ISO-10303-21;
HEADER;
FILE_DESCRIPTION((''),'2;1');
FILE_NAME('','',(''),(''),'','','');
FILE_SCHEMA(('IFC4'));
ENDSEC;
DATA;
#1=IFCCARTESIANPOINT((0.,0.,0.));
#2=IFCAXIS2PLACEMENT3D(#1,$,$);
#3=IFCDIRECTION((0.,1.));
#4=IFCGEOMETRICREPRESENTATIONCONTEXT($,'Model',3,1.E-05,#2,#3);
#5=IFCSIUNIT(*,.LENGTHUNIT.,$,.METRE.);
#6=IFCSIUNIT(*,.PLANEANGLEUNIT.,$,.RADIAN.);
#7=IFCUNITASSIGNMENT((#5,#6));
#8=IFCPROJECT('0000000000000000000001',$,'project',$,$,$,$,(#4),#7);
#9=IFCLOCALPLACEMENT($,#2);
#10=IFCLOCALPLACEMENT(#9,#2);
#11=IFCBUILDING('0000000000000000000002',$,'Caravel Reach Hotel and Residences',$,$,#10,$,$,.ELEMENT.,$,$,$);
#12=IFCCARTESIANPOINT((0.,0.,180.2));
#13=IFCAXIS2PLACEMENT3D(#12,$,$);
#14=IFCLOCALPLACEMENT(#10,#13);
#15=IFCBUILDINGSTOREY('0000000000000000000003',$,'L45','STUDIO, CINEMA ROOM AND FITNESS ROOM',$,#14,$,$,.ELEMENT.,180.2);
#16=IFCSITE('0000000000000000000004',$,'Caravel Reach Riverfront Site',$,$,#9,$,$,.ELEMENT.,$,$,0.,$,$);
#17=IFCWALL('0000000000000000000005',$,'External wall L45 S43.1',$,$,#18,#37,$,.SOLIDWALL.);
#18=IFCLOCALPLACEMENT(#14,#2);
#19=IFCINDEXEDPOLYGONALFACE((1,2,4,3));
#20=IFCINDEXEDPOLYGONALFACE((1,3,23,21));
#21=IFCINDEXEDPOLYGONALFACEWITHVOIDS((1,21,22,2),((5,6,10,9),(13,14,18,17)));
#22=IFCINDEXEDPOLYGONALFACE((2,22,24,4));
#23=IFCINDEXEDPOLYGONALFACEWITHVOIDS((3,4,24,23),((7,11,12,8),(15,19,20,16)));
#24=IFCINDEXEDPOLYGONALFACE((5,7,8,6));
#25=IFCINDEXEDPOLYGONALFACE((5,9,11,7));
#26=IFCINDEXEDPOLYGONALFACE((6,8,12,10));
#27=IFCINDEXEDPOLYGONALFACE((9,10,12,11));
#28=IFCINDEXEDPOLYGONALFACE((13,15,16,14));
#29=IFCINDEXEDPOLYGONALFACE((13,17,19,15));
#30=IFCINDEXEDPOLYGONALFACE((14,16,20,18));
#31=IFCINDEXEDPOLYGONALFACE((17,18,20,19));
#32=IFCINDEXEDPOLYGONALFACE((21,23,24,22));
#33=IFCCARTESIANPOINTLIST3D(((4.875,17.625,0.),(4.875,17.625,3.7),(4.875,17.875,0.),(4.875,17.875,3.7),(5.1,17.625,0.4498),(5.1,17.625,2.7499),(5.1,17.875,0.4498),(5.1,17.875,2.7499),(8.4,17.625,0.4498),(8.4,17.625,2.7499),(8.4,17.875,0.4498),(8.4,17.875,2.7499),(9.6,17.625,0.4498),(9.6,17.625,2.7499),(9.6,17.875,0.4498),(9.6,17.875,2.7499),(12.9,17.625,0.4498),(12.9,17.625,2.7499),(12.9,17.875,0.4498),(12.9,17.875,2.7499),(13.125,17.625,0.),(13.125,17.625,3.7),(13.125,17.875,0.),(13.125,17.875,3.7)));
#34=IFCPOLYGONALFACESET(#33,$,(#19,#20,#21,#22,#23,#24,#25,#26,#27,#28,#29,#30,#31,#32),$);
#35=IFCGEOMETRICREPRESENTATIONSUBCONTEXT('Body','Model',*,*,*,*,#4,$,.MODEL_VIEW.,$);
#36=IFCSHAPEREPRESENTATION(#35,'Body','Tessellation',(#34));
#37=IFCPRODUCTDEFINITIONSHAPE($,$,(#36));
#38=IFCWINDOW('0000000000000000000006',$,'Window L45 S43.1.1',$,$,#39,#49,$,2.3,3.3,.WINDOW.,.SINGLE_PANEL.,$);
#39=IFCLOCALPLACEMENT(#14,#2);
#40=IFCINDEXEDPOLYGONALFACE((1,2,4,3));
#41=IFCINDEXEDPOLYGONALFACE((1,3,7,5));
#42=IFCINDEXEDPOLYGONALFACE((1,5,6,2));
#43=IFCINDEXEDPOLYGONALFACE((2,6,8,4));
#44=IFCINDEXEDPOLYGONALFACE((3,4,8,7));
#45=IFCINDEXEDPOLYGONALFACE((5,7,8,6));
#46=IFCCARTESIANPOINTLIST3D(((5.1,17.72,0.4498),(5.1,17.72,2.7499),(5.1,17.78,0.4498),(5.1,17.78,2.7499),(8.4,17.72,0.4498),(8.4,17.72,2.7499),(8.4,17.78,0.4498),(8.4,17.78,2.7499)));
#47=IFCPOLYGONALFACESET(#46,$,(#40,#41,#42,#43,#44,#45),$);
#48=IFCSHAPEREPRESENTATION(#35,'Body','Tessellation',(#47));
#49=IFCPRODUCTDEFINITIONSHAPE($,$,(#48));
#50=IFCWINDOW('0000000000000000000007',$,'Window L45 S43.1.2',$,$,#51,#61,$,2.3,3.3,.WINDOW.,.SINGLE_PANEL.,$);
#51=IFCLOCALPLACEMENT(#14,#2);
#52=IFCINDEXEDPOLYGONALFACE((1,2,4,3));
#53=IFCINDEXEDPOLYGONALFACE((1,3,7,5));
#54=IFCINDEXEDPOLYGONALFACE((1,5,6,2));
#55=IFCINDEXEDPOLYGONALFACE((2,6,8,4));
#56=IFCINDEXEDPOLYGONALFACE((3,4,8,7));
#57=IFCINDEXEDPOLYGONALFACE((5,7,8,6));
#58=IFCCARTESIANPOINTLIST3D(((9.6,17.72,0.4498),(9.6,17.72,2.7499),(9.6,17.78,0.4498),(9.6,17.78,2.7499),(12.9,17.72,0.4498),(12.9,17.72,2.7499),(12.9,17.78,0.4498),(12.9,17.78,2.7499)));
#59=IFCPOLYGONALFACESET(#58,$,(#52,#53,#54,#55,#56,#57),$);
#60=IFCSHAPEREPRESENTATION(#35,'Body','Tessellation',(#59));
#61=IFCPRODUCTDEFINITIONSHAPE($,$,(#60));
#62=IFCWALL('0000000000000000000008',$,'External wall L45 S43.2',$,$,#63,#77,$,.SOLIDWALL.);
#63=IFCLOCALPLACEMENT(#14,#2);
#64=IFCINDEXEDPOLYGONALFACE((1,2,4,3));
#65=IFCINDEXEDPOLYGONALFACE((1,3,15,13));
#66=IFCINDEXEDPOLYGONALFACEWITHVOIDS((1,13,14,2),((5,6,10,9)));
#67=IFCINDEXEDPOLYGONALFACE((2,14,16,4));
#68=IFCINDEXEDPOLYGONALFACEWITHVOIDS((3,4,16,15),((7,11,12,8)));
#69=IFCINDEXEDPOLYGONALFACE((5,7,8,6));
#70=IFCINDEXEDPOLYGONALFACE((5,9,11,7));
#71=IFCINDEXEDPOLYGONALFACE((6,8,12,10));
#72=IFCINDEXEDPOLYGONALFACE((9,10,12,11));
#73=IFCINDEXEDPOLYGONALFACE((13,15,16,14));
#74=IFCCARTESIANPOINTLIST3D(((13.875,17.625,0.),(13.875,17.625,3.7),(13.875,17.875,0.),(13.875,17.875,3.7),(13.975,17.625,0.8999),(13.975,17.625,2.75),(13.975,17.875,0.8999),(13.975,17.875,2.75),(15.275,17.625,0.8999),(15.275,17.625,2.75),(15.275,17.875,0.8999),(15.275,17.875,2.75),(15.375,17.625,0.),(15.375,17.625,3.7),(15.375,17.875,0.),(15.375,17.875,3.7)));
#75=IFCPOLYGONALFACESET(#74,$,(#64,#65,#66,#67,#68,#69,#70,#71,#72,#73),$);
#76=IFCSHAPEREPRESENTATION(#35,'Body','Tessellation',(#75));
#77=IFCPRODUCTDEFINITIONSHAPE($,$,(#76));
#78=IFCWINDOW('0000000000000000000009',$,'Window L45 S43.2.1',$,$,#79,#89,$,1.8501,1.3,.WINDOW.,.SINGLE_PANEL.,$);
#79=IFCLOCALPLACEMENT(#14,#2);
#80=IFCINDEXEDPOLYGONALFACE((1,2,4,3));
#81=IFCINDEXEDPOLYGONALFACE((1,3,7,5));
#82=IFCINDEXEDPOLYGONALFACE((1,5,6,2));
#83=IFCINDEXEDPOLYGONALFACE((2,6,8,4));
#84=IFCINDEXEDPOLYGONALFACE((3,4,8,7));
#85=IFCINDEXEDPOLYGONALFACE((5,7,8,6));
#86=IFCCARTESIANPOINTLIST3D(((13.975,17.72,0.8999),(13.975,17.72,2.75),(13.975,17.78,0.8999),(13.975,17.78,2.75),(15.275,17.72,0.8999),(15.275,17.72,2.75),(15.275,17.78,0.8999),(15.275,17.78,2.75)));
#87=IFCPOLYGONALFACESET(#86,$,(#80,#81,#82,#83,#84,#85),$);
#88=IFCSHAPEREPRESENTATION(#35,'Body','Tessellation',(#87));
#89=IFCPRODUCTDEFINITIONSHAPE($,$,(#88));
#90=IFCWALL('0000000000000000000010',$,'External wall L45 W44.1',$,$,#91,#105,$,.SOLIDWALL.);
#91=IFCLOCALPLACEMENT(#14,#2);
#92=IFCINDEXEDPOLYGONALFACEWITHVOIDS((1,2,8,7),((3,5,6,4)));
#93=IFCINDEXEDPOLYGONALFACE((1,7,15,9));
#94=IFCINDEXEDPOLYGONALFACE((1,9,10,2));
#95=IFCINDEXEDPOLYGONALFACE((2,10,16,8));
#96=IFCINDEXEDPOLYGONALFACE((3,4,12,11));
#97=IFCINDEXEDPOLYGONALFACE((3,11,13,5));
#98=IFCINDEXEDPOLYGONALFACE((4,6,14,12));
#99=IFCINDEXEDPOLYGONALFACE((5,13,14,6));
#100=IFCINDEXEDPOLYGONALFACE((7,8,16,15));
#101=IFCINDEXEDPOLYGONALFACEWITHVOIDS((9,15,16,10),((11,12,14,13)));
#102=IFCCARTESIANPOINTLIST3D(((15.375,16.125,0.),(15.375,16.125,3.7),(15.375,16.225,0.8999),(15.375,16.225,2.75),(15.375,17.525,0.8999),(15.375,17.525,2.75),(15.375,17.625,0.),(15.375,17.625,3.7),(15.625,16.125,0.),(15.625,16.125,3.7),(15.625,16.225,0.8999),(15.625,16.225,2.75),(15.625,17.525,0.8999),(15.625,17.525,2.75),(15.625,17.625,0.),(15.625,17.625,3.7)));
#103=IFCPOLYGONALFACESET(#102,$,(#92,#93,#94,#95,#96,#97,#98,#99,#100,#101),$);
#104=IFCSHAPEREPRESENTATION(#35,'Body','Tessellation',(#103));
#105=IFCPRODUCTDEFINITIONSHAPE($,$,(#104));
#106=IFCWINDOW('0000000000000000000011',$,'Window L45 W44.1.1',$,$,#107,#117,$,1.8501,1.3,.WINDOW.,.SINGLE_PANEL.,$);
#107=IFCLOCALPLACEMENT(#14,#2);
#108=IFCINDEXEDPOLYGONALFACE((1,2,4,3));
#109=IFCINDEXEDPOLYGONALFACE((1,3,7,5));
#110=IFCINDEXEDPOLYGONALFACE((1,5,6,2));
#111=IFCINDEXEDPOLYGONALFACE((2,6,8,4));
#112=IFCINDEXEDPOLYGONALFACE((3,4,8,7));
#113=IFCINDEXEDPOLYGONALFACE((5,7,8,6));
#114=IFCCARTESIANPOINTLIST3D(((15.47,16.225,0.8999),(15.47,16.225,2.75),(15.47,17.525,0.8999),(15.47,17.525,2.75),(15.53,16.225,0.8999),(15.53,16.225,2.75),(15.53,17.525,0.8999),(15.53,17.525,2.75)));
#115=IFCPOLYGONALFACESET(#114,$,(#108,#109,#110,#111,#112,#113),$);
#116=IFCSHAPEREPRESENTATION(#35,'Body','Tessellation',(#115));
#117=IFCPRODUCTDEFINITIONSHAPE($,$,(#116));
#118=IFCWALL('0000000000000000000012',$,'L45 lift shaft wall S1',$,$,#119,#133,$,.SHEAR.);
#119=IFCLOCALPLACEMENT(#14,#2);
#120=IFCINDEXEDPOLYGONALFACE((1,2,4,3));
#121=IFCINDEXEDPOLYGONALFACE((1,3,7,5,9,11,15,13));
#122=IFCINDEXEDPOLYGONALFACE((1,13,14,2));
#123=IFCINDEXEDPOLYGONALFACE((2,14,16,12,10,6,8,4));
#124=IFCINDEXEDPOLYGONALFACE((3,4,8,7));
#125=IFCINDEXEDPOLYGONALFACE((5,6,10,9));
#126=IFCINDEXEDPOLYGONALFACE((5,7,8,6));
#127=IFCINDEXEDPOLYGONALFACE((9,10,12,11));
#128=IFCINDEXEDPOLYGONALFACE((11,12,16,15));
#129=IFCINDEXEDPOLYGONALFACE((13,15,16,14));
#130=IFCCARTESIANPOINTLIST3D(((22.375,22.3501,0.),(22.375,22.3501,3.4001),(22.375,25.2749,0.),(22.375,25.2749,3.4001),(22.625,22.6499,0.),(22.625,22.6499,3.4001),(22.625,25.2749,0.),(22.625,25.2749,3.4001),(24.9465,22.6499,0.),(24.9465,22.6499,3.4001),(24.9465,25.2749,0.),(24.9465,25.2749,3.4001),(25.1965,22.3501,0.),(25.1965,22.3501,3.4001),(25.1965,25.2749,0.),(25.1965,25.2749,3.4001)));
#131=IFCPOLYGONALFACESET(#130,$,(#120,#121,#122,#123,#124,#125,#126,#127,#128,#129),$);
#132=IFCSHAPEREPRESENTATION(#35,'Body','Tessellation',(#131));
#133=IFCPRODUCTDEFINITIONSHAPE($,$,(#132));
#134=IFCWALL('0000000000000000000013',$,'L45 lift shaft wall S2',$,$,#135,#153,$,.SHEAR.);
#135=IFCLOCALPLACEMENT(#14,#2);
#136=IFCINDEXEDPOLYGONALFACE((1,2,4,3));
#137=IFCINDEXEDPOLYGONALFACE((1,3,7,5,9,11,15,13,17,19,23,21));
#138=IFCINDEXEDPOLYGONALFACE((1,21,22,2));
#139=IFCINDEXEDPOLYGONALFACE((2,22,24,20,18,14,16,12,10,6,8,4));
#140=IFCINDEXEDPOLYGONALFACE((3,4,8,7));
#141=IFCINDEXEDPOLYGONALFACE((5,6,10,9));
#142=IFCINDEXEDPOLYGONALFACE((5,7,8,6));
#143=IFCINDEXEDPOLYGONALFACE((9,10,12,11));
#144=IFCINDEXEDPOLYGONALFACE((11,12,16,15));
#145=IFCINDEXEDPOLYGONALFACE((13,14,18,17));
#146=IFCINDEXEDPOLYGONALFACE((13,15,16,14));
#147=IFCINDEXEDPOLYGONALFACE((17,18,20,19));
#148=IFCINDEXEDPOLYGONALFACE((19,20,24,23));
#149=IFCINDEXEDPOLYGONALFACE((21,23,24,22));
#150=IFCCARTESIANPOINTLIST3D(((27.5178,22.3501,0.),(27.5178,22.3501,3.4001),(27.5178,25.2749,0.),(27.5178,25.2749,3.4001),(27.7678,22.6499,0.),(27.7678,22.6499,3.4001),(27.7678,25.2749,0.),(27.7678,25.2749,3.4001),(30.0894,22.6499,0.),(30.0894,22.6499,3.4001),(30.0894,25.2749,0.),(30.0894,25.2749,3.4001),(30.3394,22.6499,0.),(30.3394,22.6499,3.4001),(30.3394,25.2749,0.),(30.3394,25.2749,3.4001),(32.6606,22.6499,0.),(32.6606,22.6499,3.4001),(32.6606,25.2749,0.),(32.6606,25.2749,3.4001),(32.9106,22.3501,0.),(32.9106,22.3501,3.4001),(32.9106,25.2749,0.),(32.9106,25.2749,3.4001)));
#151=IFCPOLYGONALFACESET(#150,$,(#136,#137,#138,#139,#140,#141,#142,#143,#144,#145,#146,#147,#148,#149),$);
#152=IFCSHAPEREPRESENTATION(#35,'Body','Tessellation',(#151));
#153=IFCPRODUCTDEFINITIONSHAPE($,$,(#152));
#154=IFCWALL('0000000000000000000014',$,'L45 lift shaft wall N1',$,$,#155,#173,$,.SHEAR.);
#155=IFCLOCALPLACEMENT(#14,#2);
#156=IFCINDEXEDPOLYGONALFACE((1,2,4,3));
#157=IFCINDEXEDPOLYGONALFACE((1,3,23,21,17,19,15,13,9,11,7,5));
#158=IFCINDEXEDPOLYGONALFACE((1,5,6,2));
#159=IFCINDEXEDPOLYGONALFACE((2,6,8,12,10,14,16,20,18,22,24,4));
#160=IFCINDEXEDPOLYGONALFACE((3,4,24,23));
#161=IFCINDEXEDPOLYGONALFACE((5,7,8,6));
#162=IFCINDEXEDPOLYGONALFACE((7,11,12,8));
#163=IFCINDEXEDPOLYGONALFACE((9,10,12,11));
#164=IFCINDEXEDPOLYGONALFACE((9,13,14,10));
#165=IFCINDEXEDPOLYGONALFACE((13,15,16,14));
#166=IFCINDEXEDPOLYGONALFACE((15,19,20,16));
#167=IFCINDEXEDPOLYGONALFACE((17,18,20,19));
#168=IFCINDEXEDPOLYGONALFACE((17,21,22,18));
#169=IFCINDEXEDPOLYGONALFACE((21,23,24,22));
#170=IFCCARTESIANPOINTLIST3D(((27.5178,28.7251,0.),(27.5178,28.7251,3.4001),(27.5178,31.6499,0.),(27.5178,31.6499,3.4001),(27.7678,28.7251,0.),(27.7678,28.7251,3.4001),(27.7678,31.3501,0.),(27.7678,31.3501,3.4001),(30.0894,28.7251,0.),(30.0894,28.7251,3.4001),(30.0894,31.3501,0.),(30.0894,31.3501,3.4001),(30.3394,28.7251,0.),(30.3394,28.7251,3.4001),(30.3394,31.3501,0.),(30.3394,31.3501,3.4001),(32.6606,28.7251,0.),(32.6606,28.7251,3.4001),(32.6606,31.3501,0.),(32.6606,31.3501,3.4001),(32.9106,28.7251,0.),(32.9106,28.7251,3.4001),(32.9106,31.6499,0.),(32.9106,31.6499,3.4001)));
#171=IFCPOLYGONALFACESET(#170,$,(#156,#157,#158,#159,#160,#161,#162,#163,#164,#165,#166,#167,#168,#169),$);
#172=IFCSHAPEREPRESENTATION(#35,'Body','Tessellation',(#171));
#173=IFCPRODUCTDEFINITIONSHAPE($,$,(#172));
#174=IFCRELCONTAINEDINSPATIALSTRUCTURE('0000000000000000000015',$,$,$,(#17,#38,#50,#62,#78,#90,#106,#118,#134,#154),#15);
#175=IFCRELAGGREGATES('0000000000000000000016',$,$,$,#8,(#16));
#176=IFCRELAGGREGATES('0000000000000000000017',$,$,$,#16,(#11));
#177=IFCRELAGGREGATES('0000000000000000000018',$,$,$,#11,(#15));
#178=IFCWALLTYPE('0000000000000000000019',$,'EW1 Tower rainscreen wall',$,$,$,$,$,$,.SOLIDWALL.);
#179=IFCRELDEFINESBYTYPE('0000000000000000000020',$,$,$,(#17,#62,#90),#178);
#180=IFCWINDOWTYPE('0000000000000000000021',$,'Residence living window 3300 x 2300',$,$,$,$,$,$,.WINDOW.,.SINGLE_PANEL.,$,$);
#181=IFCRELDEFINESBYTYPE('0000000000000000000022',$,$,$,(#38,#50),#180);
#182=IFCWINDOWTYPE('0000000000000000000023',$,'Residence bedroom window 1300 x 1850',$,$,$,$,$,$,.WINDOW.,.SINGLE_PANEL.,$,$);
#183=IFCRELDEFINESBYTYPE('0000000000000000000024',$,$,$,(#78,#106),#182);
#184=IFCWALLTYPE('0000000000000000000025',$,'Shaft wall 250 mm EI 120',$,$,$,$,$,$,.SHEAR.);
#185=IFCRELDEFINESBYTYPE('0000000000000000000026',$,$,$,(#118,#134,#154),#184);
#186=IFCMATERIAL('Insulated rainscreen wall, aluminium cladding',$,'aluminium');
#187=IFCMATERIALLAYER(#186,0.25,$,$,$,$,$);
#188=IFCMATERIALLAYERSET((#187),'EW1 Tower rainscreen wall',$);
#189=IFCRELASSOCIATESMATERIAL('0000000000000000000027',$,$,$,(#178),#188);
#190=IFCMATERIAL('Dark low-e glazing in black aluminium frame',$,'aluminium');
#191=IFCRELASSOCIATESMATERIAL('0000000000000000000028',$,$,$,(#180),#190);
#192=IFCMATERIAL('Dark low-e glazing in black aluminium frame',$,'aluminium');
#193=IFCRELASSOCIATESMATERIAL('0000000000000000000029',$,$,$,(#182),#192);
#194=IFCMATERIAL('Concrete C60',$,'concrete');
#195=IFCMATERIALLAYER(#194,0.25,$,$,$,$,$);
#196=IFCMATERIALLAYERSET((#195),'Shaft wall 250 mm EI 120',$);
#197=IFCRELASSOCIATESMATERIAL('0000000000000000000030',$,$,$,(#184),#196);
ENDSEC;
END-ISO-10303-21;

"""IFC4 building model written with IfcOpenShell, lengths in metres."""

from ifc_helpers import new_model, si_unit, direction, frame, frame_2d, origin, place, context, subcontext, project, spatial, polyline, rectangle, outline, extrude, material, layer, layer_set, type_object, element, fill, save


model = new_model("IFC4")

# Units and contexts
model_context = context("Model", 3, precision=1e-05, world=origin(), true_north=direction((0.0, 1.0)))
body_context = subcontext(model_context, "Body", "Model", "MODEL_VIEW")
ifc_project = project(units=[si_unit("LENGTHUNIT", "METRE"), si_unit("PLANEANGLEUNIT", "RADIAN")], contexts=[model_context])

# Site, building, storey
site_placement = place(None, origin())
site = spatial("IfcSite", under=ifc_project, at=site_placement, Name="Caravel Reach Riverfront Site", CompositionType="ELEMENT", RefElevation=0.0)
building_placement = place(site_placement, origin())
building = spatial("IfcBuilding", under=site, at=building_placement, Name="Caravel Reach Hotel and Residences", CompositionType="ELEMENT")
storey_placement = place(building_placement, frame((0.0, 0.0, 180.2)))
storey = spatial("IfcBuildingStorey", under=building, at=storey_placement, Name="L45", Description="STUDIO, CINEMA ROOM AND FITNESS ROOM", CompositionType="ELEMENT", Elevation=180.2)

# Wall, openings, windows
ifc_material_1 = material(Name="Insulated rainscreen wall, aluminium cladding", Category="aluminium")
ifc_layer_1 = layer(ifc_material_1, 0.25)
ifc_layer_set_1 = layer_set([ifc_layer_1], Name="EW1 Tower rainscreen wall")
wall_type_1 = type_object("IfcWallType", Name="EW1 Tower rainscreen wall", PredefinedType="SOLIDWALL", material=ifc_layer_set_1)
wall_1_placement = place(storey_placement, frame((4.875, 17.75, 0.0), z_axis=(0.0, 0.0, 1.0), x_axis=(1.0, 0.0, 0.0)))
wall_1 = element("IfcWall", 1, at=wall_1_placement, inside=storey, type_object=wall_type_1, Name="External wall L45 S43.1", PredefinedType="SOLIDWALL", context=body_context, shape_type="SweptSolid", body=[
    extrude(rectangle(XDim=8.25, YDim=0.25, at=frame_2d((4.125, 0.0))), origin(), (0.0, 0.0, 1.0), 3.7),
])
opening_1_placement = place(wall_1_placement, frame((0.2251, 0.0, 0.45)))
opening_1 = element("IfcOpeningElement", 2, at=opening_1_placement, cuts=wall_1, PredefinedType="OPENING", context=body_context, shape_type="SweptSolid", body=[
    extrude(rectangle(XDim=3.3, YDim=2.3, at=frame_2d((1.6499, 1.1499))), frame((0.0, 0.135, 0.0), z_axis=(0.0, -1.0, 0.0), x_axis=(1.0, 0.0, 0.0)), (0.0, 0.0, 1.0), 0.27),
])
opening_2_placement = place(wall_1_placement, frame((4.7251, 0.0, 0.45)))
opening_2 = element("IfcOpeningElement", 3, at=opening_2_placement, cuts=wall_1, PredefinedType="OPENING", context=body_context, shape_type="SweptSolid", body=[
    extrude(rectangle(XDim=3.3, YDim=2.3, at=frame_2d((1.6499, 1.1499))), frame((0.0, 0.135, 0.0), z_axis=(0.0, -1.0, 0.0), x_axis=(1.0, 0.0, 0.0)), (0.0, 0.0, 1.0), 0.27),
])
ifc_material_2 = material(Name="Dark low-e glazing in black aluminium frame", Category="aluminium")
window_type_1 = type_object("IfcWindowType", Name="Residence living window 3300 x 2300", PartitioningType="SINGLE_PANEL", PredefinedType="WINDOW", material=ifc_material_2)
window_1_placement = place(opening_1_placement, origin())
window_1 = element("IfcWindow", 4, at=window_1_placement, inside=storey, type_object=window_type_1, Name="Window L45 S43.1.1", OverallHeight=2.3, OverallWidth=3.3, PartitioningType="SINGLE_PANEL", PredefinedType="WINDOW", context=body_context, shape_type="SweptSolid", body=[
    extrude(rectangle(XDim=3.3, YDim=2.3, at=frame_2d((1.6499, 1.1499))), frame((0.0, 0.03, 0.0), z_axis=(0.0, -1.0, 0.0), x_axis=(1.0, 0.0, 0.0)), (0.0, 0.0, 1.0), 0.0601),
])
fill(opening_1, window_1)
window_2_placement = place(opening_2_placement, origin())
window_2 = element("IfcWindow", 5, at=window_2_placement, inside=storey, type_object=window_type_1, Name="Window L45 S43.1.2", OverallHeight=2.3, OverallWidth=3.3, PartitioningType="SINGLE_PANEL", PredefinedType="WINDOW", context=body_context, shape_type="SweptSolid", body=[
    extrude(rectangle(XDim=3.3, YDim=2.3, at=frame_2d((1.6499, 1.1499))), frame((0.0, 0.03, 0.0), z_axis=(0.0, -1.0, 0.0), x_axis=(1.0, 0.0, 0.0)), (0.0, 0.0, 1.0), 0.0601),
])
fill(opening_2, window_2)

# Walls, openings, windows
wall_2_placement = place(storey_placement, frame((13.875, 17.75, 0.0), z_axis=(0.0, 0.0, 1.0), x_axis=(1.0, 0.0, 0.0)))
wall_2 = element("IfcWall", 6, at=wall_2_placement, inside=storey, type_object=wall_type_1, Name="External wall L45 S43.2", PredefinedType="SOLIDWALL", context=body_context, shape_type="SweptSolid", body=[
    extrude(rectangle(XDim=1.5, YDim=0.25, at=frame_2d((0.75, 0.0))), origin(), (0.0, 0.0, 1.0), 3.7),
])
opening_3_placement = place(wall_2_placement, frame((0.1001, 0.0, 0.8999)))
opening_3 = element("IfcOpeningElement", 7, at=opening_3_placement, cuts=wall_2, PredefinedType="OPENING", context=body_context, shape_type="SweptSolid", body=[
    extrude(rectangle(XDim=1.3, YDim=1.8501, at=frame_2d((0.6499, 0.925))), frame((0.0, 0.135, 0.0), z_axis=(0.0, -1.0, 0.0), x_axis=(1.0, 0.0, 0.0)), (0.0, 0.0, 1.0), 0.27),
])
ifc_material_3 = material(Name="Dark low-e glazing in black aluminium frame", Category="aluminium")
window_type_2 = type_object("IfcWindowType", Name="Residence bedroom window 1300 x 1850", PartitioningType="SINGLE_PANEL", PredefinedType="WINDOW", material=ifc_material_3)
window_3_placement = place(opening_3_placement, origin())
window_3 = element("IfcWindow", 8, at=window_3_placement, inside=storey, type_object=window_type_2, Name="Window L45 S43.2.1", OverallHeight=1.8501, OverallWidth=1.3, PartitioningType="SINGLE_PANEL", PredefinedType="WINDOW", context=body_context, shape_type="SweptSolid", body=[
    extrude(rectangle(XDim=1.3, YDim=1.8501, at=frame_2d((0.6499, 0.925))), frame((0.0, 0.03, 0.0), z_axis=(0.0, -1.0, 0.0), x_axis=(1.0, 0.0, 0.0)), (0.0, 0.0, 1.0), 0.0601),
])
fill(opening_3, window_3)
wall_3_placement = place(storey_placement, frame((15.5, 17.625, 0.0), z_axis=(0.0, 0.0, 1.0), x_axis=(0.0, -1.0, 0.0)))
wall_3 = element("IfcWall", 9, at=wall_3_placement, inside=storey, type_object=wall_type_1, Name="External wall L45 W44.1", PredefinedType="SOLIDWALL", context=body_context, shape_type="SweptSolid", body=[
    extrude(rectangle(XDim=1.5, YDim=0.25, at=frame_2d((0.75, 0.0))), origin(), (0.0, 0.0, 1.0), 3.7),
])
opening_4_placement = place(wall_3_placement, frame((0.1001, 0.0, 0.8999)))
opening_4 = element("IfcOpeningElement", 10, at=opening_4_placement, cuts=wall_3, PredefinedType="OPENING", context=body_context, shape_type="SweptSolid", body=[
    extrude(rectangle(XDim=1.3, YDim=1.8501, at=frame_2d((0.6499, 0.925))), frame((0.0, 0.135, 0.0), z_axis=(0.0, -1.0, 0.0), x_axis=(1.0, 0.0, 0.0)), (0.0, 0.0, 1.0), 0.27),
])
window_4_placement = place(opening_4_placement, origin())
window_4 = element("IfcWindow", 11, at=window_4_placement, inside=storey, type_object=window_type_2, Name="Window L45 W44.1.1", OverallHeight=1.8501, OverallWidth=1.3, PartitioningType="SINGLE_PANEL", PredefinedType="WINDOW", context=body_context, shape_type="SweptSolid", body=[
    extrude(rectangle(XDim=1.3, YDim=1.8501, at=frame_2d((0.6499, 0.925))), frame((0.0, 0.03, 0.0), z_axis=(0.0, -1.0, 0.0), x_axis=(1.0, 0.0, 0.0)), (0.0, 0.0, 1.0), 0.0601),
])
fill(opening_4, window_4)

# Walls
ifc_material_4 = material(Name="Concrete C60", Category="concrete")
ifc_layer_2 = layer(ifc_material_4, 0.25)
ifc_layer_set_2 = layer_set([ifc_layer_2], Name="Shaft wall 250 mm EI 120")
wall_type_2 = type_object("IfcWallType", Name="Shaft wall 250 mm EI 120", PredefinedType="SHEAR", material=ifc_layer_set_2)
wall_4_placement = place(storey_placement, origin())
element("IfcWall", 12, at=wall_4_placement, inside=storey, type_object=wall_type_2, Name="L45 lift shaft wall S1", PredefinedType="SHEAR", context=body_context, shape_type="SweptSolid", body=[
    extrude(outline(polyline([(22.375, 22.3501), (25.1965, 22.3501), (25.1965, 25.2749), (24.9465, 25.2749), (24.9465, 22.6499), (22.625, 22.6499), (22.625, 25.2749), (22.375, 25.2749), (22.375, 22.3501)])), origin(), (0.0, 0.0, 1.0), 3.4001),
])
wall_5_placement = place(storey_placement, origin())
element("IfcWall", 13, at=wall_5_placement, inside=storey, type_object=wall_type_2, Name="L45 lift shaft wall S2", PredefinedType="SHEAR", context=body_context, shape_type="SweptSolid", body=[
    extrude(outline(polyline([(27.5178, 22.3501), (32.9106, 22.3501), (32.9106, 25.2749), (32.6606, 25.2749), (32.6606, 22.6499), (30.3394, 22.6499), (30.3394, 25.2749), (30.0894, 25.2749), (30.0894, 22.6499), (27.7678, 22.6499), (27.7678, 25.2749), (27.5178, 25.2749), (27.5178, 22.3501)])), origin(), (0.0, 0.0, 1.0), 3.4001),
])
wall_6_placement = place(storey_placement, origin())
element("IfcWall", 14, at=wall_6_placement, inside=storey, type_object=wall_type_2, Name="L45 lift shaft wall N1", PredefinedType="SHEAR", context=body_context, shape_type="SweptSolid", body=[
    extrude(outline(polyline([(27.5178, 28.7251), (27.7678, 28.7251), (27.7678, 31.3501), (30.0894, 31.3501), (30.0894, 28.7251), (30.3394, 28.7251), (30.3394, 31.3501), (32.6606, 31.3501), (32.6606, 28.7251), (32.9106, 28.7251), (32.9106, 31.6499), (27.5178, 31.6499), (27.5178, 28.7251)])), origin(), (0.0, 0.0, 1.0), 3.4001),
])

save(model, "model.ifc")
